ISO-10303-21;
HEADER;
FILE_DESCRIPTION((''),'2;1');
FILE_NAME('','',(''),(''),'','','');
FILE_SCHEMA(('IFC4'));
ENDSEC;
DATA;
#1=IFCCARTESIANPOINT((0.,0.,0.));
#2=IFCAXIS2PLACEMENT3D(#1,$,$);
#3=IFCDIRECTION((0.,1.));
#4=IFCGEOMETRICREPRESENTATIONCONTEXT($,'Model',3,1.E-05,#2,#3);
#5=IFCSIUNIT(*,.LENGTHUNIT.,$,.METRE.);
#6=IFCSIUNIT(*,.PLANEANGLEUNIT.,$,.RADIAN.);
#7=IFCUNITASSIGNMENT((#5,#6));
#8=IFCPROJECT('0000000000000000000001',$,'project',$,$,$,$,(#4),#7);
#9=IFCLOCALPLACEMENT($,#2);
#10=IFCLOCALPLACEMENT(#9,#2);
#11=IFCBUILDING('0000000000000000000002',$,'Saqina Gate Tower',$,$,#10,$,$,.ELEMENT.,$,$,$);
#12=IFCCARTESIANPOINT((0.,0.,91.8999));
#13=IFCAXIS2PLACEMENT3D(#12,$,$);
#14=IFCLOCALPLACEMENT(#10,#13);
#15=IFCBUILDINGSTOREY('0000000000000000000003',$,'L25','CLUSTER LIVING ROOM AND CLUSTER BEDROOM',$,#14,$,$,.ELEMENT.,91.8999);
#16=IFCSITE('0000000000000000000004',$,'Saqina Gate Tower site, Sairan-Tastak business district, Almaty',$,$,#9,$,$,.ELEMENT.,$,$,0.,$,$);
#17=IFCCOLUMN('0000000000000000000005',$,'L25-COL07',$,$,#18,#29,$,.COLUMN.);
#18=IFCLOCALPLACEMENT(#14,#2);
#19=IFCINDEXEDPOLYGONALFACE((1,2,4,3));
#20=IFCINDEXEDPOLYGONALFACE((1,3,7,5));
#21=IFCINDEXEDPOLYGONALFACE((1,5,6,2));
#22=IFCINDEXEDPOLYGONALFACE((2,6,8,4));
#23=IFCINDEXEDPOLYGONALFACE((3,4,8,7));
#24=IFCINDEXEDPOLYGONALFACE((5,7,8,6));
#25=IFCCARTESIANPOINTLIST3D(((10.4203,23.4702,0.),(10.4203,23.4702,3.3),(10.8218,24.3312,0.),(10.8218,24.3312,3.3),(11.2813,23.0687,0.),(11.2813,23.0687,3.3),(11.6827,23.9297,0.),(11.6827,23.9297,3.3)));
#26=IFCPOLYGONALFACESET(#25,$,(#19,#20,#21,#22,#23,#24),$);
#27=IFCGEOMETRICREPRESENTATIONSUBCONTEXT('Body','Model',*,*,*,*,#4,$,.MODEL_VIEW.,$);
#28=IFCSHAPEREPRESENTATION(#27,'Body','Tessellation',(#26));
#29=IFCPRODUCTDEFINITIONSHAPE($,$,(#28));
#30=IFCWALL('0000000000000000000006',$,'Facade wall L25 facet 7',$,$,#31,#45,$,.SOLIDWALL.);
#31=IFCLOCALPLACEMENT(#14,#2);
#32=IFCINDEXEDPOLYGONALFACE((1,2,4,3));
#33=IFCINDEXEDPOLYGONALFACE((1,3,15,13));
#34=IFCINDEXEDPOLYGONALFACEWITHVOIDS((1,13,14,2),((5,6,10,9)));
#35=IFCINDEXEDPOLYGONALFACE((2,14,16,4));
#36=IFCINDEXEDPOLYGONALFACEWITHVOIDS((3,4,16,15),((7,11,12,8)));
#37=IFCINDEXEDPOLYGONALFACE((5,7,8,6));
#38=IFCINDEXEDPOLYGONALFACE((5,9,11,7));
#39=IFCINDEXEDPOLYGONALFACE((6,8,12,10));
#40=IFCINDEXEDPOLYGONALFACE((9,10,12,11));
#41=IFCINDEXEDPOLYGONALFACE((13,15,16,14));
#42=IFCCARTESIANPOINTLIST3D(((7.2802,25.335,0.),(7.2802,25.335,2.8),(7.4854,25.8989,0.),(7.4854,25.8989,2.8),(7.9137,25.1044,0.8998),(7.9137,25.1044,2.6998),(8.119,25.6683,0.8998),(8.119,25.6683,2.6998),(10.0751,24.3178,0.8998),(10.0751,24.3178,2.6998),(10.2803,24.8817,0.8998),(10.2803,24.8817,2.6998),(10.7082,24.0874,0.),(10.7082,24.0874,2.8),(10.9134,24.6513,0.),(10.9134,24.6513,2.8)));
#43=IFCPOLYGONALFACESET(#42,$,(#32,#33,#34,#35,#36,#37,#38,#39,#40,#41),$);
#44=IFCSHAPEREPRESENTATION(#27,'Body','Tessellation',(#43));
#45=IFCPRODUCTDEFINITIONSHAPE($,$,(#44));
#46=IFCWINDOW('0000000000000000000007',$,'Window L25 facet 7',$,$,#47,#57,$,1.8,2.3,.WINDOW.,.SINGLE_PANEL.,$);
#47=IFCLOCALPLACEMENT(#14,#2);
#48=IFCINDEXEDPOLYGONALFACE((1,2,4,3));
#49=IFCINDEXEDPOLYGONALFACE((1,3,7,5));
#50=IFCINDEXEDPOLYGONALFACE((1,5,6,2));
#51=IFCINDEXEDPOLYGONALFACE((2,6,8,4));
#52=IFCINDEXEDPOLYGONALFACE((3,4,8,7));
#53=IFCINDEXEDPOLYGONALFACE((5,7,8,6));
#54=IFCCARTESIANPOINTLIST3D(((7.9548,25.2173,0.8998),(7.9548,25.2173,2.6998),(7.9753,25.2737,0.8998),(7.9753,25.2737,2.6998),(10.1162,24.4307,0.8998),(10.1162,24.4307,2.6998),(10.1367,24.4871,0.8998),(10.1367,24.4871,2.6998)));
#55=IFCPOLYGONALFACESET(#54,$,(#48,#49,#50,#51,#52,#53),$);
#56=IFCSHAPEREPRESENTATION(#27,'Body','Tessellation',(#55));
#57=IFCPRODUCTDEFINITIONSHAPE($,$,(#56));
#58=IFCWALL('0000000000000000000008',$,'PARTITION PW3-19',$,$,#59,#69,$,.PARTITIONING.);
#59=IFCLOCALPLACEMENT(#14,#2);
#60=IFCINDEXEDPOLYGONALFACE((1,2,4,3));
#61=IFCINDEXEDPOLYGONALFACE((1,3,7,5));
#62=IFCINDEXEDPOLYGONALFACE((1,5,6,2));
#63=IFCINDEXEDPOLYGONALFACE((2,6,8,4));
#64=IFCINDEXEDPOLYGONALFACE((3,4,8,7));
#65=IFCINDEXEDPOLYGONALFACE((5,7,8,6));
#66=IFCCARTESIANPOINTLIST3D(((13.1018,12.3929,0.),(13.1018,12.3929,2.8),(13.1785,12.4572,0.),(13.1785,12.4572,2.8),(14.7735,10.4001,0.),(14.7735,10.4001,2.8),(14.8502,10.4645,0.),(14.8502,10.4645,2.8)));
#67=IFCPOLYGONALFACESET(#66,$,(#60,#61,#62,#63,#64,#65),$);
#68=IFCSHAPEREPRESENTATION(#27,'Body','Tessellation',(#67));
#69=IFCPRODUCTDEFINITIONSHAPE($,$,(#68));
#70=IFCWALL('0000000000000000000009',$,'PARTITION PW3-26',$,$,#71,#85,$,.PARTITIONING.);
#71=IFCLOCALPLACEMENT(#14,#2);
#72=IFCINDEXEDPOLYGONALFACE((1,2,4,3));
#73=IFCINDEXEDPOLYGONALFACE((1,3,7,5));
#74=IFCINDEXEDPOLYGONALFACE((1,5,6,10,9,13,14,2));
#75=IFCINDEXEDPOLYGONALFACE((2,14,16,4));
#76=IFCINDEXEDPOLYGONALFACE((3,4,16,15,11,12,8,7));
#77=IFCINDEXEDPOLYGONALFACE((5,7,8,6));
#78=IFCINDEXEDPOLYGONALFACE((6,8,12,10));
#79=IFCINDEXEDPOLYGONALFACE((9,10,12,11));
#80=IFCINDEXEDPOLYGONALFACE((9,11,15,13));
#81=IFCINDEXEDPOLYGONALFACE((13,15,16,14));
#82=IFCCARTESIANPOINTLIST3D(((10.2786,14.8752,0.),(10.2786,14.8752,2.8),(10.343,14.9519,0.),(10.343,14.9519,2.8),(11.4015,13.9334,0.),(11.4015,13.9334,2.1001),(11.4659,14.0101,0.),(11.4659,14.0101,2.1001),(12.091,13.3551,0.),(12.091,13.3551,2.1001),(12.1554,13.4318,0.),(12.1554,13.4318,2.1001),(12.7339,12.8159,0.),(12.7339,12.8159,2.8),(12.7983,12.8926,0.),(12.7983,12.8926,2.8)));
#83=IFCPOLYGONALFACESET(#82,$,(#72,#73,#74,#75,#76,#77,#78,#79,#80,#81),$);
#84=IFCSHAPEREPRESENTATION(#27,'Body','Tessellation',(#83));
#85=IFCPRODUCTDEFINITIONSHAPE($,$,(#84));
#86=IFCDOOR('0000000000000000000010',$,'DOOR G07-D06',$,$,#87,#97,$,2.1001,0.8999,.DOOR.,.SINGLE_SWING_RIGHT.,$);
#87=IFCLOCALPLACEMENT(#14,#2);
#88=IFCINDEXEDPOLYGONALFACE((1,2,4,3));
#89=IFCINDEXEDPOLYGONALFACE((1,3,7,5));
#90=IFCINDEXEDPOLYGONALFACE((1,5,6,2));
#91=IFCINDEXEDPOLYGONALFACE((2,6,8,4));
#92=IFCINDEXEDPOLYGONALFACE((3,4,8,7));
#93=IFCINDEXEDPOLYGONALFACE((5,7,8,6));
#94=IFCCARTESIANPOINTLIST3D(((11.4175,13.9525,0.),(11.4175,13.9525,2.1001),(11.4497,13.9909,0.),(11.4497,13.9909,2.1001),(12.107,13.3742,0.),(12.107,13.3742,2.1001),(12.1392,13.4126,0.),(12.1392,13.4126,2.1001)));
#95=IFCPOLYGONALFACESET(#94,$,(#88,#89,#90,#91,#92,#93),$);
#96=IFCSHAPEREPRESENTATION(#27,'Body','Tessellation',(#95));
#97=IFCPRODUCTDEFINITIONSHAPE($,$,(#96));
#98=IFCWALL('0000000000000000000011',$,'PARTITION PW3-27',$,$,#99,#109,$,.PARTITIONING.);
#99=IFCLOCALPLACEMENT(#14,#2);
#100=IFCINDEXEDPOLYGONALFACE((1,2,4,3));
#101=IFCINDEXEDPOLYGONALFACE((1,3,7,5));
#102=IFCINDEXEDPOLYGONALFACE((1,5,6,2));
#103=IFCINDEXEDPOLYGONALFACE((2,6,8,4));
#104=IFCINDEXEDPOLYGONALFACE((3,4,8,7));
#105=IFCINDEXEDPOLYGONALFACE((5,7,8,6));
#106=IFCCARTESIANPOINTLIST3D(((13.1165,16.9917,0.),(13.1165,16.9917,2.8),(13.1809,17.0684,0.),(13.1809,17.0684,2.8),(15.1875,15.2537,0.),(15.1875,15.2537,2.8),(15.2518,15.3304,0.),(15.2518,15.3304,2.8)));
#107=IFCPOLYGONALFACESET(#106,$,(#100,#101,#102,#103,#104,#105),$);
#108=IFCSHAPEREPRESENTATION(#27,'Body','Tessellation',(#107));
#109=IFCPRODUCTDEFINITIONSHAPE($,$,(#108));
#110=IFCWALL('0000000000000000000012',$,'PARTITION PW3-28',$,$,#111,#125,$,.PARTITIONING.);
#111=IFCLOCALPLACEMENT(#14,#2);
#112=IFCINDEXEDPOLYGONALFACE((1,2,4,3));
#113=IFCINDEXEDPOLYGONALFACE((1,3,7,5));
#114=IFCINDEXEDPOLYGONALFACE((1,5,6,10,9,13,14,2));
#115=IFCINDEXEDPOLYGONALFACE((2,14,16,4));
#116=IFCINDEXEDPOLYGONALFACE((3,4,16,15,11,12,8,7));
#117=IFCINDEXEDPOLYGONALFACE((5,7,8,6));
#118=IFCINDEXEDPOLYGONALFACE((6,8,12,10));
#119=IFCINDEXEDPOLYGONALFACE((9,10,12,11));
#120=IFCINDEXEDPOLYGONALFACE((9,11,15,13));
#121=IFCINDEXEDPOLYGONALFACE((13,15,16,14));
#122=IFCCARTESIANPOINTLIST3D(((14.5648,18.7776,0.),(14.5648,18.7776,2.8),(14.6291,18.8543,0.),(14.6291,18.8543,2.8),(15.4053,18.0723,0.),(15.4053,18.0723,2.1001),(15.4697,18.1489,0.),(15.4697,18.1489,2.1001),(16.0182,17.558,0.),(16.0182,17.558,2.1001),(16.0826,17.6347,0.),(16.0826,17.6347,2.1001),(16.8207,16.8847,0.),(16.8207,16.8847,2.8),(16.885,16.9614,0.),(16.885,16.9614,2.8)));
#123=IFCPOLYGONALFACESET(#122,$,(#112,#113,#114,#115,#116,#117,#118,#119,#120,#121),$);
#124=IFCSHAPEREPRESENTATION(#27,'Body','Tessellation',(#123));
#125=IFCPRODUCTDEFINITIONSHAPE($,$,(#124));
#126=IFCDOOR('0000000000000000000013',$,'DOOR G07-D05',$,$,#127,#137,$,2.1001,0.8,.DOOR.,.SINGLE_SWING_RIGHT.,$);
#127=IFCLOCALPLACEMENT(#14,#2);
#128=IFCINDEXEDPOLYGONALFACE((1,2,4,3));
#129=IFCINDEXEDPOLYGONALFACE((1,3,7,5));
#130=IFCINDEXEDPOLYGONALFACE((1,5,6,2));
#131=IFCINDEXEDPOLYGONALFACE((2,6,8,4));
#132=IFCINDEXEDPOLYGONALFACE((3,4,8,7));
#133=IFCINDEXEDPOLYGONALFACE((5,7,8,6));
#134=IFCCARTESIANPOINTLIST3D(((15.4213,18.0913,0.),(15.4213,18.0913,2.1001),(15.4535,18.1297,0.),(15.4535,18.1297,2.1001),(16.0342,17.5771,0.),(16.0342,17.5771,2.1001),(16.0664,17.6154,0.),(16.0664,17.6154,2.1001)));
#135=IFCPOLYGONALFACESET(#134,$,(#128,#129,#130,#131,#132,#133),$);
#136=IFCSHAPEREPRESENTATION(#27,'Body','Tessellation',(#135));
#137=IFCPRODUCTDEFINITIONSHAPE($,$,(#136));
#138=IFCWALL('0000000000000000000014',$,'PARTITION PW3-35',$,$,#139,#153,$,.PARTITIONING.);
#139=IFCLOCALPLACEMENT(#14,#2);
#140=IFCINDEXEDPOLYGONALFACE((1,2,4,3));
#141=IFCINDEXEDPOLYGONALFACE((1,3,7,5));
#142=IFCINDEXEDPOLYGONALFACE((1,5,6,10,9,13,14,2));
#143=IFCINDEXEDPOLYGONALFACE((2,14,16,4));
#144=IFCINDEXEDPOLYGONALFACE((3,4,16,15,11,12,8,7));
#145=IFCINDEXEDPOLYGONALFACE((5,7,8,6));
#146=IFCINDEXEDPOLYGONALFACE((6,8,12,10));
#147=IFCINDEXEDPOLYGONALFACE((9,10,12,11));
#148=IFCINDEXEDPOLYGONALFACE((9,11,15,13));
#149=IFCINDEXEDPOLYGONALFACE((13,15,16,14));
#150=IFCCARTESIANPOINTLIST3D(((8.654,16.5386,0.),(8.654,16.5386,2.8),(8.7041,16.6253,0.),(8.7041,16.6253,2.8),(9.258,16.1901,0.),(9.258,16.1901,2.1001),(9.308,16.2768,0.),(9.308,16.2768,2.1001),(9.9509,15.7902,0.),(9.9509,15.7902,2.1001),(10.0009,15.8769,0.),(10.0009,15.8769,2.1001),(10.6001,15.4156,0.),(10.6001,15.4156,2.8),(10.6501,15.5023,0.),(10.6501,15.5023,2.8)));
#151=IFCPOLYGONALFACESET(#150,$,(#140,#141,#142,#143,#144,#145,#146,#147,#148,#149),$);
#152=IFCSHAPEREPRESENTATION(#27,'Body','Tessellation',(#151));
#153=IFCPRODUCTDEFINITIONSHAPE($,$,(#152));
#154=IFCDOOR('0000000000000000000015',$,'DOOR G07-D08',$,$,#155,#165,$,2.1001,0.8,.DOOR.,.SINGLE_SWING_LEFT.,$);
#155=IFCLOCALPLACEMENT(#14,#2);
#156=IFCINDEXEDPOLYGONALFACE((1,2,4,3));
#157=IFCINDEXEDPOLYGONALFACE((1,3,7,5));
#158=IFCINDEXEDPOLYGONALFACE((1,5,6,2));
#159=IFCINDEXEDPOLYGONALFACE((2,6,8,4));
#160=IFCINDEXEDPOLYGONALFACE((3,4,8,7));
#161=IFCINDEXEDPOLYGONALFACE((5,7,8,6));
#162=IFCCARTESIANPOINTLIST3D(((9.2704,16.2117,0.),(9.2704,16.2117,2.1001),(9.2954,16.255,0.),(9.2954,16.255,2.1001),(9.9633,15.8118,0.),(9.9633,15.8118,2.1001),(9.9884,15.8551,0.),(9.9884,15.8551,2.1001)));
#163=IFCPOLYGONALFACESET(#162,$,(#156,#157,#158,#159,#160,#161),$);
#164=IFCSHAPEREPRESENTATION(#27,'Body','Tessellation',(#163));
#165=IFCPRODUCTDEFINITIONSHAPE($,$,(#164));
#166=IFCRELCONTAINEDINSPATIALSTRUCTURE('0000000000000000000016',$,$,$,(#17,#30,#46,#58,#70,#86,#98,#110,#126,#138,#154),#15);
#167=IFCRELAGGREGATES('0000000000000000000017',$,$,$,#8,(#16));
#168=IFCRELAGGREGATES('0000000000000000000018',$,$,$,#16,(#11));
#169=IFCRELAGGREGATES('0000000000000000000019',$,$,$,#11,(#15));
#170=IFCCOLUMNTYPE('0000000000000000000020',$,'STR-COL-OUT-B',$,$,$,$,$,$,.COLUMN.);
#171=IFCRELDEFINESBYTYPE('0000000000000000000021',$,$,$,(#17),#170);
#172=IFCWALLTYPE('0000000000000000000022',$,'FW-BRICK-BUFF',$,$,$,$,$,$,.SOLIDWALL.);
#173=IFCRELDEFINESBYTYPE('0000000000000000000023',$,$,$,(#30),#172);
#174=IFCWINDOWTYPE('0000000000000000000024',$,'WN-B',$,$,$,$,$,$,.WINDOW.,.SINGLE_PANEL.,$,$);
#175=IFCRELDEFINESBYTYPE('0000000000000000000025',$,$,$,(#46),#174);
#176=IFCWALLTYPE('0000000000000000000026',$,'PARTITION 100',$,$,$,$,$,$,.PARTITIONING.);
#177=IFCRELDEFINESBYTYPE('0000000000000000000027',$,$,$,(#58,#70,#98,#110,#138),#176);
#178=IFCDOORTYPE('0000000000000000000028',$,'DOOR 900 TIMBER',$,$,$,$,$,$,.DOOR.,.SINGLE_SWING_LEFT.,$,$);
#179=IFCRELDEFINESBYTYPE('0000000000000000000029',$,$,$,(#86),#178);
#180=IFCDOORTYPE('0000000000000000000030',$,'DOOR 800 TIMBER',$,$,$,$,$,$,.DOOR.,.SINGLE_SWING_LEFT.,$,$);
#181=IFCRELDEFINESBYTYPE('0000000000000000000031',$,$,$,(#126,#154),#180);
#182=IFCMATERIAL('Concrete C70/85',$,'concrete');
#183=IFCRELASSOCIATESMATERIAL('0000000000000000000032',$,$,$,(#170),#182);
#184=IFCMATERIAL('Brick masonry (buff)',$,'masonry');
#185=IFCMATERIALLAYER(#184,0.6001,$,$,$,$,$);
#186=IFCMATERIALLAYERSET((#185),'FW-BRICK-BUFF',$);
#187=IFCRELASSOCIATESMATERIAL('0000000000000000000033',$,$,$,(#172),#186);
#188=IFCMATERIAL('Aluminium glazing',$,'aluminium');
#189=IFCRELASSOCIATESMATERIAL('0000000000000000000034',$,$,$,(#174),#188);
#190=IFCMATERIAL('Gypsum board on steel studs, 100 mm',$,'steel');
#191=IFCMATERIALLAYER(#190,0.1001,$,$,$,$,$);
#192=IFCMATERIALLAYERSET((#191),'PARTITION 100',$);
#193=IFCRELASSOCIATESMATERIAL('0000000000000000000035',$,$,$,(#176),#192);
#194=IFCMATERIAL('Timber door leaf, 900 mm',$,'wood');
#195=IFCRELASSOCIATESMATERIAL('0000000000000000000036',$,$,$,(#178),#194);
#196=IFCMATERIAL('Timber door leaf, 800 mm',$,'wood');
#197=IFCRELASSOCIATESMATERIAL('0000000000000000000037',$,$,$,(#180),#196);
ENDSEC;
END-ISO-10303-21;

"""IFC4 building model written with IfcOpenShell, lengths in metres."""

from ifc_helpers import new_model, si_unit, direction, frame, frame_2d, origin, origin_2d, place, context, subcontext, project, spatial, rectangle, extrude, material, layer, layer_set, material_profile, profile_set, type_object, element, fill, save


model = new_model("IFC4")

# Units and contexts
model_context = context("Model", 3, precision=1e-05, world=origin(), true_north=direction((0.0, 1.0)))
body_context = subcontext(model_context, "Body", "Model", "MODEL_VIEW")
ifc_project = project(units=[si_unit("LENGTHUNIT", "METRE"), si_unit("PLANEANGLEUNIT", "RADIAN")], contexts=[model_context])

# Site, building, storey
site_placement = place(None, origin())
site = spatial("IfcSite", under=ifc_project, at=site_placement, Name="Saqina Gate Tower site, Sairan-Tastak business district, Almaty", CompositionType="ELEMENT", RefElevation=0.0)
building_placement = place(site_placement, origin())
building = spatial("IfcBuilding", under=site, at=building_placement, Name="Saqina Gate Tower", CompositionType="ELEMENT")
storey_placement = place(building_placement, frame((0.0, 0.0, 91.8999)))
storey = spatial("IfcBuildingStorey", under=building, at=storey_placement, Name="L25", Description="CLUSTER LIVING ROOM AND CLUSTER BEDROOM", CompositionType="ELEMENT", Elevation=91.8999)

# Column
ifc_material_1 = material(Name="Concrete C70/85", Category="concrete")
ifc_material_profile = material_profile(ifc_material_1, rectangle(XDim=0.95, YDim=0.95, at=origin_2d()), Name="RC 950x950")
ifc_profile_set = profile_set([ifc_material_profile], Name="Concrete C70/85")
column_type = type_object("IfcColumnType", Name="STR-COL-OUT-B", PredefinedType="COLUMN", material=ifc_profile_set)
column_placement = place(storey_placement, frame((11.0515, 23.7, 0.0), z_axis=(0.0, 0.0, 1.0), x_axis=(0.422618, 0.906308, 0.0)))
element("IfcColumn", 1, at=column_placement, inside=storey, type_object=column_type, Name="L25-COL07", PredefinedType="COLUMN", context=body_context, shape_type="SweptSolid", body=[
    extrude(rectangle(XDim=0.95, YDim=0.95, at=origin_2d()), origin(), (0.0, 0.0, 1.0), 3.3),
])

# Wall, opening, window
ifc_material_2 = material(Name="Brick masonry (buff)", Category="masonry")
ifc_layer_1 = layer(ifc_material_2, 0.6001)
ifc_layer_set_1 = layer_set([ifc_layer_1], Name="FW-BRICK-BUFF")
wall_type_1 = type_object("IfcWallType", Name="FW-BRICK-BUFF", PredefinedType="SOLIDWALL", material=ifc_layer_set_1)
wall_1_placement = place(storey_placement, frame((10.8108, 24.3694, 0.0), z_axis=(0.0, 0.0, 1.0), x_axis=(-0.939704, 0.34199, 0.0)))
wall_1 = element("IfcWall", 2, at=wall_1_placement, inside=storey, type_object=wall_type_1, Name="Facade wall L25 facet 7", PredefinedType="SOLIDWALL", context=body_context, shape_type="SweptSolid", body=[
    extrude(rectangle(XDim=3.6479, YDim=0.6001, at=frame_2d((1.824, 0.0))), origin(), (0.0, 0.0, 1.0), 2.8),
])
opening_1_placement = place(wall_1_placement, frame((0.6738, 0.0, 0.8999)))
opening_1 = element("IfcOpeningElement", 3, at=opening_1_placement, cuts=wall_1, PredefinedType="OPENING", context=body_context, shape_type="SweptSolid", body=[
    extrude(rectangle(XDim=2.3, YDim=1.8, at=frame_2d((1.1499, 0.8999))), frame((0.0, 0.312, 0.0), z_axis=(0.0, -1.0, 0.0), x_axis=(1.0, 0.0, 0.0)), (0.0, 0.0, 1.0), 0.624),
])
ifc_material_3 = material(Name="Aluminium glazing", Category="aluminium")
window_type = type_object("IfcWindowType", Name="WN-B", PartitioningType="SINGLE_PANEL", PredefinedType="WINDOW", material=ifc_material_3)
window_placement = place(opening_1_placement, origin())
window = element("IfcWindow", 4, at=window_placement, inside=storey, type_object=window_type, Name="Window L25 facet 7", OverallHeight=1.8, OverallWidth=2.3, PartitioningType="SINGLE_PANEL", PredefinedType="WINDOW", context=body_context, shape_type="SweptSolid", body=[
    extrude(rectangle(XDim=2.3, YDim=1.8, at=frame_2d((1.1499, 0.8999))), frame((0.0, 0.1799, 0.0), z_axis=(0.0, -1.0, 0.0), x_axis=(1.0, 0.0, 0.0)), (0.0, 0.0, 1.0), 0.0601),
])
fill(opening_1, window)

# Wall
ifc_material_4 = material(Name="Gypsum board on steel studs, 100 mm", Category="steel")
ifc_layer_2 = layer(ifc_material_4, 0.1001)
ifc_layer_set_2 = layer_set([ifc_layer_2], Name="PARTITION 100")
wall_type_2 = type_object("IfcWallType", Name="PARTITION 100", PredefinedType="PARTITIONING", material=ifc_layer_set_2)
wall_2_placement = place(storey_placement, frame((13.1401, 12.425, 0.0), z_axis=(0.0, 0.0, 1.0), x_axis=(0.642692, -0.766124, 0.0)))
element("IfcWall", 5, at=wall_2_placement, inside=storey, type_object=wall_type_2, Name="PARTITION PW3-19", PredefinedType="PARTITIONING", context=body_context, shape_type="SweptSolid", body=[
    extrude(rectangle(XDim=2.6011, YDim=0.1001, at=frame_2d((1.3005, 0.0))), origin(), (0.0, 0.0, 1.0), 2.8),
])

# Wall, opening, door
wall_3_placement = place(storey_placement, frame((10.3108, 14.9136, 0.0), z_axis=(0.0, 0.0, 1.0), x_axis=(0.766188, -0.642617, 0.0)))
wall_3 = element("IfcWall", 6, at=wall_3_placement, inside=storey, type_object=wall_type_2, Name="PARTITION PW3-26", PredefinedType="PARTITIONING", context=body_context, shape_type="SweptSolid", body=[
    extrude(rectangle(XDim=3.2046, YDim=0.1001, at=frame_2d((1.6023, 0.0))), origin(), (0.0, 0.0, 1.0), 2.8),
])
opening_2_placement = place(wall_3_placement, frame((1.4656, 0.0, 0.0)))
opening_2 = element("IfcOpeningElement", 7, at=opening_2_placement, cuts=wall_3, PredefinedType="OPENING", context=body_context, shape_type="SweptSolid", body=[
    extrude(rectangle(XDim=0.8999, YDim=2.1001, at=frame_2d((0.45, 1.05))), frame((0.0, 0.062, 0.0), z_axis=(0.0, -1.0, 0.0), x_axis=(1.0, 0.0, 0.0)), (0.0, 0.0, 1.0), 0.124),
])
ifc_material_5 = material(Name="Timber door leaf, 900 mm", Category="wood")
door_type_1 = type_object("IfcDoorType", Name="DOOR 900 TIMBER", OperationType="SINGLE_SWING_LEFT", PredefinedType="DOOR", material=ifc_material_5)
door_1_placement = place(opening_2_placement, origin())
door_1 = element("IfcDoor", 8, at=door_1_placement, inside=storey, type_object=door_type_1, Name="DOOR G07-D06", OperationType="SINGLE_SWING_RIGHT", OverallHeight=2.1001, OverallWidth=0.8999, PredefinedType="DOOR", context=body_context, shape_type="SweptSolid", body=[
    extrude(rectangle(XDim=0.8999, YDim=2.1001, at=frame_2d((0.45, 1.05))), frame((0.0, 0.0249, 0.0), z_axis=(0.0, -1.0, 0.0), x_axis=(1.0, 0.0, 0.0)), (0.0, 0.0, 1.0), 0.05),
])
fill(opening_2, door_1)

# Wall
wall_4_placement = place(storey_placement, frame((13.1487, 17.03, 0.0), z_axis=(0.0, 0.0, 1.0), x_axis=(0.766004, -0.642836, 0.0)))
element("IfcWall", 9, at=wall_4_placement, inside=storey, type_object=wall_type_2, Name="PARTITION PW3-27", PredefinedType="PARTITIONING", context=body_context, shape_type="SweptSolid", body=[
    extrude(rectangle(XDim=2.7036, YDim=0.1001, at=frame_2d((1.3518, 0.0))), origin(), (0.0, 0.0, 1.0), 2.8),
])

# Walls, openings, doors
wall_5_placement = place(storey_placement, frame((14.5969, 18.8159, 0.0), z_axis=(0.0, 0.0, 1.0), x_axis=(0.766056, -0.642774, 0.0)))
wall_5 = element("IfcWall", 10, at=wall_5_placement, inside=storey, type_object=wall_type_2, Name="PARTITION PW3-28", PredefinedType="PARTITIONING", context=body_context, shape_type="SweptSolid", body=[
    extrude(rectangle(XDim=2.9448, YDim=0.1001, at=frame_2d((1.4724, 0.0))), origin(), (0.0, 0.0, 1.0), 2.8),
])
opening_3_placement = place(wall_5_placement, frame((1.0974, 0.0, 0.0)))
opening_3 = element("IfcOpeningElement", 11, at=opening_3_placement, cuts=wall_5, PredefinedType="OPENING", context=body_context, shape_type="SweptSolid", body=[
    extrude(rectangle(XDim=0.8, YDim=2.1001, at=frame_2d((0.3999, 1.05))), frame((0.0, 0.062, 0.0), z_axis=(0.0, -1.0, 0.0), x_axis=(1.0, 0.0, 0.0)), (0.0, 0.0, 1.0), 0.124),
])
ifc_material_6 = material(Name="Timber door leaf, 800 mm", Category="wood")
door_type_2 = type_object("IfcDoorType", Name="DOOR 800 TIMBER", OperationType="SINGLE_SWING_LEFT", PredefinedType="DOOR", material=ifc_material_6)
door_2_placement = place(opening_3_placement, origin())
door_2 = element("IfcDoor", 12, at=door_2_placement, inside=storey, type_object=door_type_2, Name="DOOR G07-D05", OperationType="SINGLE_SWING_RIGHT", OverallHeight=2.1001, OverallWidth=0.8, PredefinedType="DOOR", context=body_context, shape_type="SweptSolid", body=[
    extrude(rectangle(XDim=0.8, YDim=2.1001, at=frame_2d((0.3999, 1.05))), frame((0.0, 0.0249, 0.0), z_axis=(0.0, -1.0, 0.0), x_axis=(1.0, 0.0, 0.0)), (0.0, 0.0, 1.0), 0.05),
])
fill(opening_3, door_2)
wall_6_placement = place(storey_placement, frame((8.679, 16.582, 0.0), z_axis=(0.0, 0.0, 1.0), x_axis=(0.866122, -0.499832, 0.0)))
wall_6 = element("IfcWall", 13, at=wall_6_placement, inside=storey, type_object=wall_type_2, Name="PARTITION PW3-35", PredefinedType="PARTITIONING", context=body_context, shape_type="SweptSolid", body=[
    extrude(rectangle(XDim=2.2468, YDim=0.1001, at=frame_2d((1.1235, 0.0))), origin(), (0.0, 0.0, 1.0), 2.8),
])
opening_4_placement = place(wall_6_placement, frame((0.6975, 0.0, 0.0)))
opening_4 = element("IfcOpeningElement", 14, at=opening_4_placement, cuts=wall_6, PredefinedType="OPENING", context=body_context, shape_type="SweptSolid", body=[
    extrude(rectangle(XDim=0.8, YDim=2.1001, at=frame_2d((0.3999, 1.05))), frame((0.0, 0.062, 0.0), z_axis=(0.0, -1.0, 0.0), x_axis=(1.0, 0.0, 0.0)), (0.0, 0.0, 1.0), 0.124),
])
door_3_placement = place(opening_4_placement, origin())
door_3 = element("IfcDoor", 15, at=door_3_placement, inside=storey, type_object=door_type_2, Name="DOOR G07-D08", OperationType="SINGLE_SWING_LEFT", OverallHeight=2.1001, OverallWidth=0.8, PredefinedType="DOOR", context=body_context, shape_type="SweptSolid", body=[
    extrude(rectangle(XDim=0.8, YDim=2.1001, at=frame_2d((0.3999, 1.05))), frame((0.0, 0.0249, 0.0), z_axis=(0.0, -1.0, 0.0), x_axis=(1.0, 0.0, 0.0)), (0.0, 0.0, 1.0), 0.05),
])
fill(opening_4, door_3)

save(model, "model.ifc")
